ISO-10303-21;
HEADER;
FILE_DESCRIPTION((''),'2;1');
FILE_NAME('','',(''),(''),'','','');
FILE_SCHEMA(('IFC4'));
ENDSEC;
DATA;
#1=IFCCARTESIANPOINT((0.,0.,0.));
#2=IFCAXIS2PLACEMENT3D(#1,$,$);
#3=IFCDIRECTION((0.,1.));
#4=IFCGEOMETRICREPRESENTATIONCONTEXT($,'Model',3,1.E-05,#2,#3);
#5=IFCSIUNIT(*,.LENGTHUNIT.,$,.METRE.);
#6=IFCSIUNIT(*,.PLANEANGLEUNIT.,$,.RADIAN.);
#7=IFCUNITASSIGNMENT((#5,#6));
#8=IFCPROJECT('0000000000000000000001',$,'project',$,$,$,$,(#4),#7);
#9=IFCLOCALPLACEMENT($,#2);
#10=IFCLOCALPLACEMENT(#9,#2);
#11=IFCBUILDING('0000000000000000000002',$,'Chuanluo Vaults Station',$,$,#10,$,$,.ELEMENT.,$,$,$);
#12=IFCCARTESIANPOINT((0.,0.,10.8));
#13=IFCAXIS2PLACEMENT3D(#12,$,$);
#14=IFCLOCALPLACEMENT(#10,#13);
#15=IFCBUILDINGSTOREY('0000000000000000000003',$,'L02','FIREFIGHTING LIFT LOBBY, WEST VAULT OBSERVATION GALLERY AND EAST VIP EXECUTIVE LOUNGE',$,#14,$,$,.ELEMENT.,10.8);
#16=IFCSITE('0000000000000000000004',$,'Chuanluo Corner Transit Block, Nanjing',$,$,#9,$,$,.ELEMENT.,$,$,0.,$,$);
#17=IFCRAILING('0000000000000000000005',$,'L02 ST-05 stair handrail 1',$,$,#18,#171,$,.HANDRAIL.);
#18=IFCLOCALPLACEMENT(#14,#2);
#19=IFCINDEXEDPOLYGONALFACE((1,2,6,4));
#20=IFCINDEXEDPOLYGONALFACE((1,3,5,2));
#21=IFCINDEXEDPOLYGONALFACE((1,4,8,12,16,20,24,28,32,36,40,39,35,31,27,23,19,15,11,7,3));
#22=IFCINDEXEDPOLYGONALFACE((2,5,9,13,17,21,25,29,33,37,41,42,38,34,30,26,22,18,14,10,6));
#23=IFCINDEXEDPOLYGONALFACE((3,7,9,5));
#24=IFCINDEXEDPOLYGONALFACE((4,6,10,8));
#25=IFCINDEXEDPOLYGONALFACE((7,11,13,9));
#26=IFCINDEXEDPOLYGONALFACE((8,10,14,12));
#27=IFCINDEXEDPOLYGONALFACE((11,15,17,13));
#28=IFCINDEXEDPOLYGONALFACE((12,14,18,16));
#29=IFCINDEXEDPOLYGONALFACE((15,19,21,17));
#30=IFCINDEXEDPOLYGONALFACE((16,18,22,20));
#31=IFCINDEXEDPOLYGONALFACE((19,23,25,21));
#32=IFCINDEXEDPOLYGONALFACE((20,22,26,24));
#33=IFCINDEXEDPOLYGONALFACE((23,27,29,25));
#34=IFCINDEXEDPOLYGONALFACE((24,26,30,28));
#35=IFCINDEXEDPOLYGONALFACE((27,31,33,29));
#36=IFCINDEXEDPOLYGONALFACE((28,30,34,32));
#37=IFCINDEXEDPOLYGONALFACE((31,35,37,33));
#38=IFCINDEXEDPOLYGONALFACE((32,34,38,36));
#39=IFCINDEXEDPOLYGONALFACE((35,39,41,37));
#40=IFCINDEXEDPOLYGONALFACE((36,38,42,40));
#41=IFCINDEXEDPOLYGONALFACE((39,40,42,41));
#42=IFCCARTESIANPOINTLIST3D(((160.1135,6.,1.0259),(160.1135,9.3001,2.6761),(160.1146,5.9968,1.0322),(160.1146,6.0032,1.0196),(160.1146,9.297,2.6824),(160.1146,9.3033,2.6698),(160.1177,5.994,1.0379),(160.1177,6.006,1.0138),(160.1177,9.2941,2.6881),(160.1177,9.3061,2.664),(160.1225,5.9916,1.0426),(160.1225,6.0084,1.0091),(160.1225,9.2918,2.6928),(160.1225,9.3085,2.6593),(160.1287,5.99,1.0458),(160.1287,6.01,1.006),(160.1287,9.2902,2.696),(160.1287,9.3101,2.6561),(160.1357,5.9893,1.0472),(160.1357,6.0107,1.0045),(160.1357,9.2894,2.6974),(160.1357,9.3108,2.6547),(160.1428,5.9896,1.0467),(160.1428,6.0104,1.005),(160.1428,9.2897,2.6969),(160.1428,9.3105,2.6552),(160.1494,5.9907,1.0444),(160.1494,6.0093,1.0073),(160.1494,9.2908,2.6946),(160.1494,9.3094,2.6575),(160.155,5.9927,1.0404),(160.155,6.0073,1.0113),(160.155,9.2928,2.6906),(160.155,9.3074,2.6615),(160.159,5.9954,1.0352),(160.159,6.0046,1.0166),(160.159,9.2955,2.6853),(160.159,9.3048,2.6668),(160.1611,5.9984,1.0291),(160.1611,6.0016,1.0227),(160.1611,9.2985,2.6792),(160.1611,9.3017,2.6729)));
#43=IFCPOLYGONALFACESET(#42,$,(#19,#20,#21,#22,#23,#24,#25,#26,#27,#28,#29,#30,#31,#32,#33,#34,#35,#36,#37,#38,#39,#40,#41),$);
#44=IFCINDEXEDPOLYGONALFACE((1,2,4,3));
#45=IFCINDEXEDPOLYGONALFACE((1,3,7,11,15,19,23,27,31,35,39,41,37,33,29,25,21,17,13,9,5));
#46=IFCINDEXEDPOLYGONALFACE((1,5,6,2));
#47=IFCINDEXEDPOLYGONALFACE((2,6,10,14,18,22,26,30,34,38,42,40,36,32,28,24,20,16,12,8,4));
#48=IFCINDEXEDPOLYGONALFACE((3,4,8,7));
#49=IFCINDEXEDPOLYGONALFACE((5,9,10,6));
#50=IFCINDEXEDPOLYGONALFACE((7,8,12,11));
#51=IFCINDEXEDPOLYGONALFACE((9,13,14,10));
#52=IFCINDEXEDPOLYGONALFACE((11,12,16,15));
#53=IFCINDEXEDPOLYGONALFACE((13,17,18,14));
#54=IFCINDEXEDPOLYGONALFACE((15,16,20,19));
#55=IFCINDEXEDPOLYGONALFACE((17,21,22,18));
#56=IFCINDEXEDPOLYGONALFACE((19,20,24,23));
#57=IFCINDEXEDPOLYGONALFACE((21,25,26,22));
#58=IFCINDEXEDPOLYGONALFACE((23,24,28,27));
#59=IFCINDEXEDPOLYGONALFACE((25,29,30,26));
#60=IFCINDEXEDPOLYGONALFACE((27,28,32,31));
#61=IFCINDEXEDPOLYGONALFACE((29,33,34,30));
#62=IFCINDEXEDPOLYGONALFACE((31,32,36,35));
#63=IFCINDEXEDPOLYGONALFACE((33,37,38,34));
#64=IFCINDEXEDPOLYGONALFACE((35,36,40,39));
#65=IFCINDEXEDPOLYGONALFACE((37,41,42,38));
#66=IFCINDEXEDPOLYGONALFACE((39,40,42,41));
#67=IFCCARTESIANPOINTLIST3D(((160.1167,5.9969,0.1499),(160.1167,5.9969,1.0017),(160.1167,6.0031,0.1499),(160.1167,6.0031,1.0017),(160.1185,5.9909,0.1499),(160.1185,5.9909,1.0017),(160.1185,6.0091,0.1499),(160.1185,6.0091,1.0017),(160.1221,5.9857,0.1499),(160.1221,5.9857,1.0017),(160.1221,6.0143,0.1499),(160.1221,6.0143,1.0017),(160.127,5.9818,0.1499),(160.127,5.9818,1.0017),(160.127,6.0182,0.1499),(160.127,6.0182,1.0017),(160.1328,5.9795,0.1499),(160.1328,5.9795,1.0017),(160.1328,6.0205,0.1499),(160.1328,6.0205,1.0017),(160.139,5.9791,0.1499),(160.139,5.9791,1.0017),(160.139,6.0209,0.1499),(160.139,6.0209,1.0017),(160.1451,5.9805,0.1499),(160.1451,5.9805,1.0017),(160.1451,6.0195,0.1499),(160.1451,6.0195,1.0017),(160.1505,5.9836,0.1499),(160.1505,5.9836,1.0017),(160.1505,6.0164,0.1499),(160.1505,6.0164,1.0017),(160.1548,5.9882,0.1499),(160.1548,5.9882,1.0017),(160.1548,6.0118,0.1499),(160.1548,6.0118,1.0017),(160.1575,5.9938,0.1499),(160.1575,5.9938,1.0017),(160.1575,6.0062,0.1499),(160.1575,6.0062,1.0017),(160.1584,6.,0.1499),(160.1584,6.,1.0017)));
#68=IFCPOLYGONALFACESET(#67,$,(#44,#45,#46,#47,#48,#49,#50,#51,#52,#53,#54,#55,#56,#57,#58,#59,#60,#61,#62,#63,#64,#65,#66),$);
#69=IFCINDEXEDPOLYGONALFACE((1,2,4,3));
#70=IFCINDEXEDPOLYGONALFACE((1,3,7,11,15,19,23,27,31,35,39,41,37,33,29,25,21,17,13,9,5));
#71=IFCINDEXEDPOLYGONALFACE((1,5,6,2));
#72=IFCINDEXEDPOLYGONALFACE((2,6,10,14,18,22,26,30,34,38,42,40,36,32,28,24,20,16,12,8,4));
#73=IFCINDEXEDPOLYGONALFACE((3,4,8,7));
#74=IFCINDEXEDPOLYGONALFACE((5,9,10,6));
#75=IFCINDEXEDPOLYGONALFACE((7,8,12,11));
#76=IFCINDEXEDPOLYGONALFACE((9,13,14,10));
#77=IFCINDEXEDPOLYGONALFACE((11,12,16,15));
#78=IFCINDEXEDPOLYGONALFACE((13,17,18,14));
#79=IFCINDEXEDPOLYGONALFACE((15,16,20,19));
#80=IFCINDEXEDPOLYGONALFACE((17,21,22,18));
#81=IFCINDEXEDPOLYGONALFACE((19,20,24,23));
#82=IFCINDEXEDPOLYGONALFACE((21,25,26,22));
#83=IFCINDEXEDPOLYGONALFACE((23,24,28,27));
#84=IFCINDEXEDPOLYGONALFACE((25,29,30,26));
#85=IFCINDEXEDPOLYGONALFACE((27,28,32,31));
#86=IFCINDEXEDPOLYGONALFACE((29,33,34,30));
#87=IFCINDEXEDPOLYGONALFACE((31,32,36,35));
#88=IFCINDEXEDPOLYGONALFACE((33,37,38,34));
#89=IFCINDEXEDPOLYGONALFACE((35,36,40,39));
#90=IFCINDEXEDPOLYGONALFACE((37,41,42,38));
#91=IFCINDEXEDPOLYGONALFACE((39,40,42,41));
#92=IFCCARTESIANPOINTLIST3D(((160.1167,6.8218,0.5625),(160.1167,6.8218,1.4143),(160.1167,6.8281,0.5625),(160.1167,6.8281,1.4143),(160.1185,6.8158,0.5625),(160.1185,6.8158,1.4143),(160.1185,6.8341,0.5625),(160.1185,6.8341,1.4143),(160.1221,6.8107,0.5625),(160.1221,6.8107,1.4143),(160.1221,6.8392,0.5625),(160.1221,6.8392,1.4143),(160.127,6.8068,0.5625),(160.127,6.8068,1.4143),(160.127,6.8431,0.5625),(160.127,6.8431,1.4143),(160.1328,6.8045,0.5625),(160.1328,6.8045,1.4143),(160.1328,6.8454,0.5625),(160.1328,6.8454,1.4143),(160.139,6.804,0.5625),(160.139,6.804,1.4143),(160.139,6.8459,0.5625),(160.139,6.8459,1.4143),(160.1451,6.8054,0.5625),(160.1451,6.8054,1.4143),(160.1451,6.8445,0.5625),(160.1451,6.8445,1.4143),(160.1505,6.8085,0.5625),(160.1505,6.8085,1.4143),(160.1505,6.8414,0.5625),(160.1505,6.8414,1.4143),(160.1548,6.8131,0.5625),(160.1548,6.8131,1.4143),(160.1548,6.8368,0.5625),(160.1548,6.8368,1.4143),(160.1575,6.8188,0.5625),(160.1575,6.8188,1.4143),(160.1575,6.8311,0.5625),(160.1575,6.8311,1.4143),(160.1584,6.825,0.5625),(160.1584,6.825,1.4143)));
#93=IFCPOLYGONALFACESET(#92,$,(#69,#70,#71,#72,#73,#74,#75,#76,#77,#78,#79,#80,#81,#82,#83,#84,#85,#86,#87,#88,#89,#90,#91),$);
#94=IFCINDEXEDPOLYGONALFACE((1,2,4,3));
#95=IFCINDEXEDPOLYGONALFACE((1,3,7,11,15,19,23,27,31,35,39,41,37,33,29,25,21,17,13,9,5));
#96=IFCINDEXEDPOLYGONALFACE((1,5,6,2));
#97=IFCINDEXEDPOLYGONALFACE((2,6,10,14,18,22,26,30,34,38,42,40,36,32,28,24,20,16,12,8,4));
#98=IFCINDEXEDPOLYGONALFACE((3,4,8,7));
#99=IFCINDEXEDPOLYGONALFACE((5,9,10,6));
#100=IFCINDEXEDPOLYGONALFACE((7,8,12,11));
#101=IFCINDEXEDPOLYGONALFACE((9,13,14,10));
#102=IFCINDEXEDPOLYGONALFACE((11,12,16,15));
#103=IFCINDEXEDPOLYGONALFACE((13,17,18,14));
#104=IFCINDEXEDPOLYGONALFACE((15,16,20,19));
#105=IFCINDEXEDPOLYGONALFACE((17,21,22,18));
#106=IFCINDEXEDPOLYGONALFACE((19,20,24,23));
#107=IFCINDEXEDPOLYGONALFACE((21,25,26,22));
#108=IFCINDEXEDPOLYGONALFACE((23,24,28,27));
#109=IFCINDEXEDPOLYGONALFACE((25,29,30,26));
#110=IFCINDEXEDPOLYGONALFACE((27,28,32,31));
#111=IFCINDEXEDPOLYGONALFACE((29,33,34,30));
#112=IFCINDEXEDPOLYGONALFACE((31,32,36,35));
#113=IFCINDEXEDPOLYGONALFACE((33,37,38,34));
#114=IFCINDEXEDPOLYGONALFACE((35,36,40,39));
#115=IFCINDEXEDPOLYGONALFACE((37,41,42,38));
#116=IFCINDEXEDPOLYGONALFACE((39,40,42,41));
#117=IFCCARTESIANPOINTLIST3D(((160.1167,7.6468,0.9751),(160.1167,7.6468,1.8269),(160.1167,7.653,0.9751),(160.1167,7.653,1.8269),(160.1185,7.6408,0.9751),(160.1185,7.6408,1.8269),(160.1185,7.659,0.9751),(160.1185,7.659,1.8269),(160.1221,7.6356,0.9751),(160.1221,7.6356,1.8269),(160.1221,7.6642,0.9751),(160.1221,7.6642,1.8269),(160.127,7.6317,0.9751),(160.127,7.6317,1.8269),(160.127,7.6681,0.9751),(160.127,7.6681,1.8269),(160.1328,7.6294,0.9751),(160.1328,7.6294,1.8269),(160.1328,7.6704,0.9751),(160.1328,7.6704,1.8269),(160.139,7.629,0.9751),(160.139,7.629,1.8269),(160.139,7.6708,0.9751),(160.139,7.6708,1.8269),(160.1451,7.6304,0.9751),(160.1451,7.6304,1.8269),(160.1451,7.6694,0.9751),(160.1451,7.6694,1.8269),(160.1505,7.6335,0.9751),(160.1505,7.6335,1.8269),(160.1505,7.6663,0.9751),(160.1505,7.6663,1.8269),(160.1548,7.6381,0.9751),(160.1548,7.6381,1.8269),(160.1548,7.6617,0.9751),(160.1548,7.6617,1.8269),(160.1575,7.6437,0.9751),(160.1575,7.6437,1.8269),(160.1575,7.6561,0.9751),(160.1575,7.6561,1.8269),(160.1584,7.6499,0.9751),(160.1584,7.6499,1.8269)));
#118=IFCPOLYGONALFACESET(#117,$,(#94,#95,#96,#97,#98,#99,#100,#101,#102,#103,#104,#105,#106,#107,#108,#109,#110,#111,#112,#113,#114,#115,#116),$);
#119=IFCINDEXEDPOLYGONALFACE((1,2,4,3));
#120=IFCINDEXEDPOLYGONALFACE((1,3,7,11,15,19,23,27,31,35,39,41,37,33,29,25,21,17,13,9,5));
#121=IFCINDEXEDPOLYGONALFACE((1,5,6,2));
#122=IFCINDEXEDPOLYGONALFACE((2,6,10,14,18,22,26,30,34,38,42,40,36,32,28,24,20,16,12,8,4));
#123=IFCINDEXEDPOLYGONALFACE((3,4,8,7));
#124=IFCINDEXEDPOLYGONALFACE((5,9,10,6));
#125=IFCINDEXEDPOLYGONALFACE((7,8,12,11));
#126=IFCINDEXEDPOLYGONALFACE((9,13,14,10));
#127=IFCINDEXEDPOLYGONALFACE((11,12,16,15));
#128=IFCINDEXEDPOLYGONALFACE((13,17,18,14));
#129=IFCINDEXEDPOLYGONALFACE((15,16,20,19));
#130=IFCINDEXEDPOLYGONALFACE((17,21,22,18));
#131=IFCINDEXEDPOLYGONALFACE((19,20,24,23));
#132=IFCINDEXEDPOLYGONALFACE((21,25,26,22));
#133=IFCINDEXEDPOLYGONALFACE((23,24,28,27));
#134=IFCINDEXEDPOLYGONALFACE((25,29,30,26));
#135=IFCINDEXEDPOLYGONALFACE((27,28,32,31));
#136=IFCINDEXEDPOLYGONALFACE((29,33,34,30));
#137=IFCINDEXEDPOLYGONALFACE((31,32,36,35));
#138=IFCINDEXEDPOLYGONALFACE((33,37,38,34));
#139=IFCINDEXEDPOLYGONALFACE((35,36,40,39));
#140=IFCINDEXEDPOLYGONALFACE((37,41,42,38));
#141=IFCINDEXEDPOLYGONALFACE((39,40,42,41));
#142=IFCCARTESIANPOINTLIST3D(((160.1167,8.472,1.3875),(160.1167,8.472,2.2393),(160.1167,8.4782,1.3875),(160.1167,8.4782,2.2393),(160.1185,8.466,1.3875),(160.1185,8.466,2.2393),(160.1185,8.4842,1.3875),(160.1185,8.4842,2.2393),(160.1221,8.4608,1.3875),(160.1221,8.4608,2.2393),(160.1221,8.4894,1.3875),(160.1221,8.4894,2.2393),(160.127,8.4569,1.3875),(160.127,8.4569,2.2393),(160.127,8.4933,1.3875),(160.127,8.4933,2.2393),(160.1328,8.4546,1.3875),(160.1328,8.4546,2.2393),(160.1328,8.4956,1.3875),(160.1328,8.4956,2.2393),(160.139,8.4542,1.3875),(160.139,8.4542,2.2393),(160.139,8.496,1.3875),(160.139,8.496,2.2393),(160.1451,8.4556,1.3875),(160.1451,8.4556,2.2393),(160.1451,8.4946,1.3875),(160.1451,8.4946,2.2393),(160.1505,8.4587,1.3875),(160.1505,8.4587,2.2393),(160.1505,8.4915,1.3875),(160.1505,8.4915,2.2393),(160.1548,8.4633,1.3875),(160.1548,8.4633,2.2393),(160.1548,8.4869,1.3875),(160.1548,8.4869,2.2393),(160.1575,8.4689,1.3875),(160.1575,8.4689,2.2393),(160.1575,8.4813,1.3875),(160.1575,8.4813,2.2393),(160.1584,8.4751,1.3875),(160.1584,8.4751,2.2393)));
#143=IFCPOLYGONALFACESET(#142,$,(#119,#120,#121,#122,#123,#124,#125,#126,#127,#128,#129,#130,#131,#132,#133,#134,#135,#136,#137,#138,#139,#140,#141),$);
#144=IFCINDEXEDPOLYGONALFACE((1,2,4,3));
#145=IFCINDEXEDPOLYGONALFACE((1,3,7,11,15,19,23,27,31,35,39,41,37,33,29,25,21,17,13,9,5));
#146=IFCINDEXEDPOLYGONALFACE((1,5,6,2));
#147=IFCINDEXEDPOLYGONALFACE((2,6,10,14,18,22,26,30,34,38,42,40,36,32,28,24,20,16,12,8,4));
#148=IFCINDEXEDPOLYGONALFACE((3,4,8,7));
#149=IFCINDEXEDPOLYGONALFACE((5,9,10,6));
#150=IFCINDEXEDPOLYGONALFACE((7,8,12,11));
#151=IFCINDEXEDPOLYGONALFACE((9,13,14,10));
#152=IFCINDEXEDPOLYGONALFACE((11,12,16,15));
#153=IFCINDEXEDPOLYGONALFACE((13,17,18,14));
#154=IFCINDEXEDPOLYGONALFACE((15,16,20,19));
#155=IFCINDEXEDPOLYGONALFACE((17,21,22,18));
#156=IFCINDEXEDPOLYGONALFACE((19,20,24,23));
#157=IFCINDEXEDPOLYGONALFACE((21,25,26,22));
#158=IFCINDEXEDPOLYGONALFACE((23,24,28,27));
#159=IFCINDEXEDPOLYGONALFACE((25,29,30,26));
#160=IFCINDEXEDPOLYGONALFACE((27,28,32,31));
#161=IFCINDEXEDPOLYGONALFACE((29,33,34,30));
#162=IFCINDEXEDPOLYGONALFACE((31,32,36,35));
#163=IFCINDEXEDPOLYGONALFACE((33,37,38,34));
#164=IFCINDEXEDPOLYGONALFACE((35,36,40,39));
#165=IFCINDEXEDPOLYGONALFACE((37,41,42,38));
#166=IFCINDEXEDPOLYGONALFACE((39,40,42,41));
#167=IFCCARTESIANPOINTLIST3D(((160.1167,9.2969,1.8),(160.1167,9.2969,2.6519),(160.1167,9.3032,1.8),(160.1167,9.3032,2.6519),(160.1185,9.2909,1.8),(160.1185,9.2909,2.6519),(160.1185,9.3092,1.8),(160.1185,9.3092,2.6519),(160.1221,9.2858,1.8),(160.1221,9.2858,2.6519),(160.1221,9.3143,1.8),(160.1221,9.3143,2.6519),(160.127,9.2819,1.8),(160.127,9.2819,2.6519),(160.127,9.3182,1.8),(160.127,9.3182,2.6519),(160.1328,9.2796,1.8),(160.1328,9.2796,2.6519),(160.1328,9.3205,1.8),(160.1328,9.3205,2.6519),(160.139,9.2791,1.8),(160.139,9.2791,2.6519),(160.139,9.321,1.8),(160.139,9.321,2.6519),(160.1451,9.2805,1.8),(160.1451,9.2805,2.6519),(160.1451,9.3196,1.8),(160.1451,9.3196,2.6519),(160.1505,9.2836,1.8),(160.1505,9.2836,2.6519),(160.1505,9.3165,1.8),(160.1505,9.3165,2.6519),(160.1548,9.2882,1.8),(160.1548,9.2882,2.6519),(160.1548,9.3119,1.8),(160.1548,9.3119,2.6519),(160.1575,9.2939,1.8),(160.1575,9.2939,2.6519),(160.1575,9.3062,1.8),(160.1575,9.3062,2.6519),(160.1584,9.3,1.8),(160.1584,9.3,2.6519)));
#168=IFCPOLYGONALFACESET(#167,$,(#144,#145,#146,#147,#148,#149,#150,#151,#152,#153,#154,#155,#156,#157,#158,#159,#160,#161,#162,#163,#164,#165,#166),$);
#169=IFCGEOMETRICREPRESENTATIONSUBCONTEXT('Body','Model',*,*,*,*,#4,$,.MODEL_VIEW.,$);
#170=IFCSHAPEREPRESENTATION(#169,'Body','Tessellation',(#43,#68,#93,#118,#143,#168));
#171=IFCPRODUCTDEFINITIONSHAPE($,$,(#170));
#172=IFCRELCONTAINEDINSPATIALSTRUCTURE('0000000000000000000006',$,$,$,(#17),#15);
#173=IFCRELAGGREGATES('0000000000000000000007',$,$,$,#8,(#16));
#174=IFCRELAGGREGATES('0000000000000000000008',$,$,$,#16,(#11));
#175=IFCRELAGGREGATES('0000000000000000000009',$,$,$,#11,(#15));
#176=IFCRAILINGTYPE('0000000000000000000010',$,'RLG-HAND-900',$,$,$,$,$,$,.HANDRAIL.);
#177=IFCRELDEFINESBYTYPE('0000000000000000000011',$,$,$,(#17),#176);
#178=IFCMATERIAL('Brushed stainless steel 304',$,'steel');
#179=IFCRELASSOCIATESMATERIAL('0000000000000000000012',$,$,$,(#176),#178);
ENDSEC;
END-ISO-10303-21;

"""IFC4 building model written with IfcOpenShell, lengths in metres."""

from ifc_helpers import new_model, si_unit, direction, frame, origin, origin_2d, place, context, subcontext, project, spatial, circle, extrude, material, type_object, element, save


model = new_model("IFC4")

# Units and contexts
model_context = context("Model", 3, precision=1e-05, world=origin(), true_north=direction((0.0, 1.0)))
body_context = subcontext(model_context, "Body", "Model", "MODEL_VIEW")
ifc_project = project(units=[si_unit("LENGTHUNIT", "METRE"), si_unit("PLANEANGLEUNIT", "RADIAN")], contexts=[model_context])

# Site, building, storey
site_placement = place(None, origin())
site = spatial("IfcSite", under=ifc_project, at=site_placement, Name="Chuanluo Corner Transit Block, Nanjing", CompositionType="ELEMENT", RefElevation=0.0)
building_placement = place(site_placement, origin())
building = spatial("IfcBuilding", under=site, at=building_placement, Name="Chuanluo Vaults Station", CompositionType="ELEMENT")
storey_placement = place(building_placement, frame((0.0, 0.0, 10.8)))
storey = spatial("IfcBuildingStorey", under=building, at=storey_placement, Name="L02", Description="FIREFIGHTING LIFT LOBBY, WEST VAULT OBSERVATION GALLERY AND EAST VIP EXECUTIVE LOUNGE", CompositionType="ELEMENT", Elevation=10.8)

# Railing
ifc_material_1 = material(Name="Brushed stainless steel 304", Category="steel")
railing_type_1 = type_object("IfcRailingType", Name="RLG-HAND-900", PredefinedType="HANDRAIL", material=ifc_material_1)
railing_1_placement = place(storey_placement, frame((160.1375, 6.0, 0.1499)))
element("IfcRailing", 1, at=railing_1_placement, inside=storey, type_object=railing_type_1, Name="L02 ST-05 stair handrail 1", PredefinedType="HANDRAIL", context=body_context, shape_type="SweptSolid", body=[
    extrude(circle(Radius=0.0239, at=origin_2d()), frame((0.0, 0.0, 0.876), z_axis=(0.0, 0.894414, 0.44724), x_axis=(-1.0, 0.0, 0.0)), (0.0, 0.0, 1.0), 3.6897),
    extrude(circle(Radius=0.021, at=origin_2d()), origin(), (0.0, 0.0, 1.0), 0.8518),
    extrude(circle(Radius=0.021, at=origin_2d()), frame((0.0, 0.825, 0.4126)), (0.0, 0.0, 1.0), 0.8518),
    extrude(circle(Radius=0.021, at=origin_2d()), frame((0.0, 1.6499, 0.8252)), (0.0, 0.0, 1.0), 0.8518),
    extrude(circle(Radius=0.021, at=origin_2d()), frame((0.0, 2.4751, 1.2375)), (0.0, 0.0, 1.0), 0.8518),
    extrude(circle(Radius=0.021, at=origin_2d()), frame((0.0, 3.3, 1.6501)), (0.0, 0.0, 1.0), 0.8518),
])

save(model, "model.ifc")
